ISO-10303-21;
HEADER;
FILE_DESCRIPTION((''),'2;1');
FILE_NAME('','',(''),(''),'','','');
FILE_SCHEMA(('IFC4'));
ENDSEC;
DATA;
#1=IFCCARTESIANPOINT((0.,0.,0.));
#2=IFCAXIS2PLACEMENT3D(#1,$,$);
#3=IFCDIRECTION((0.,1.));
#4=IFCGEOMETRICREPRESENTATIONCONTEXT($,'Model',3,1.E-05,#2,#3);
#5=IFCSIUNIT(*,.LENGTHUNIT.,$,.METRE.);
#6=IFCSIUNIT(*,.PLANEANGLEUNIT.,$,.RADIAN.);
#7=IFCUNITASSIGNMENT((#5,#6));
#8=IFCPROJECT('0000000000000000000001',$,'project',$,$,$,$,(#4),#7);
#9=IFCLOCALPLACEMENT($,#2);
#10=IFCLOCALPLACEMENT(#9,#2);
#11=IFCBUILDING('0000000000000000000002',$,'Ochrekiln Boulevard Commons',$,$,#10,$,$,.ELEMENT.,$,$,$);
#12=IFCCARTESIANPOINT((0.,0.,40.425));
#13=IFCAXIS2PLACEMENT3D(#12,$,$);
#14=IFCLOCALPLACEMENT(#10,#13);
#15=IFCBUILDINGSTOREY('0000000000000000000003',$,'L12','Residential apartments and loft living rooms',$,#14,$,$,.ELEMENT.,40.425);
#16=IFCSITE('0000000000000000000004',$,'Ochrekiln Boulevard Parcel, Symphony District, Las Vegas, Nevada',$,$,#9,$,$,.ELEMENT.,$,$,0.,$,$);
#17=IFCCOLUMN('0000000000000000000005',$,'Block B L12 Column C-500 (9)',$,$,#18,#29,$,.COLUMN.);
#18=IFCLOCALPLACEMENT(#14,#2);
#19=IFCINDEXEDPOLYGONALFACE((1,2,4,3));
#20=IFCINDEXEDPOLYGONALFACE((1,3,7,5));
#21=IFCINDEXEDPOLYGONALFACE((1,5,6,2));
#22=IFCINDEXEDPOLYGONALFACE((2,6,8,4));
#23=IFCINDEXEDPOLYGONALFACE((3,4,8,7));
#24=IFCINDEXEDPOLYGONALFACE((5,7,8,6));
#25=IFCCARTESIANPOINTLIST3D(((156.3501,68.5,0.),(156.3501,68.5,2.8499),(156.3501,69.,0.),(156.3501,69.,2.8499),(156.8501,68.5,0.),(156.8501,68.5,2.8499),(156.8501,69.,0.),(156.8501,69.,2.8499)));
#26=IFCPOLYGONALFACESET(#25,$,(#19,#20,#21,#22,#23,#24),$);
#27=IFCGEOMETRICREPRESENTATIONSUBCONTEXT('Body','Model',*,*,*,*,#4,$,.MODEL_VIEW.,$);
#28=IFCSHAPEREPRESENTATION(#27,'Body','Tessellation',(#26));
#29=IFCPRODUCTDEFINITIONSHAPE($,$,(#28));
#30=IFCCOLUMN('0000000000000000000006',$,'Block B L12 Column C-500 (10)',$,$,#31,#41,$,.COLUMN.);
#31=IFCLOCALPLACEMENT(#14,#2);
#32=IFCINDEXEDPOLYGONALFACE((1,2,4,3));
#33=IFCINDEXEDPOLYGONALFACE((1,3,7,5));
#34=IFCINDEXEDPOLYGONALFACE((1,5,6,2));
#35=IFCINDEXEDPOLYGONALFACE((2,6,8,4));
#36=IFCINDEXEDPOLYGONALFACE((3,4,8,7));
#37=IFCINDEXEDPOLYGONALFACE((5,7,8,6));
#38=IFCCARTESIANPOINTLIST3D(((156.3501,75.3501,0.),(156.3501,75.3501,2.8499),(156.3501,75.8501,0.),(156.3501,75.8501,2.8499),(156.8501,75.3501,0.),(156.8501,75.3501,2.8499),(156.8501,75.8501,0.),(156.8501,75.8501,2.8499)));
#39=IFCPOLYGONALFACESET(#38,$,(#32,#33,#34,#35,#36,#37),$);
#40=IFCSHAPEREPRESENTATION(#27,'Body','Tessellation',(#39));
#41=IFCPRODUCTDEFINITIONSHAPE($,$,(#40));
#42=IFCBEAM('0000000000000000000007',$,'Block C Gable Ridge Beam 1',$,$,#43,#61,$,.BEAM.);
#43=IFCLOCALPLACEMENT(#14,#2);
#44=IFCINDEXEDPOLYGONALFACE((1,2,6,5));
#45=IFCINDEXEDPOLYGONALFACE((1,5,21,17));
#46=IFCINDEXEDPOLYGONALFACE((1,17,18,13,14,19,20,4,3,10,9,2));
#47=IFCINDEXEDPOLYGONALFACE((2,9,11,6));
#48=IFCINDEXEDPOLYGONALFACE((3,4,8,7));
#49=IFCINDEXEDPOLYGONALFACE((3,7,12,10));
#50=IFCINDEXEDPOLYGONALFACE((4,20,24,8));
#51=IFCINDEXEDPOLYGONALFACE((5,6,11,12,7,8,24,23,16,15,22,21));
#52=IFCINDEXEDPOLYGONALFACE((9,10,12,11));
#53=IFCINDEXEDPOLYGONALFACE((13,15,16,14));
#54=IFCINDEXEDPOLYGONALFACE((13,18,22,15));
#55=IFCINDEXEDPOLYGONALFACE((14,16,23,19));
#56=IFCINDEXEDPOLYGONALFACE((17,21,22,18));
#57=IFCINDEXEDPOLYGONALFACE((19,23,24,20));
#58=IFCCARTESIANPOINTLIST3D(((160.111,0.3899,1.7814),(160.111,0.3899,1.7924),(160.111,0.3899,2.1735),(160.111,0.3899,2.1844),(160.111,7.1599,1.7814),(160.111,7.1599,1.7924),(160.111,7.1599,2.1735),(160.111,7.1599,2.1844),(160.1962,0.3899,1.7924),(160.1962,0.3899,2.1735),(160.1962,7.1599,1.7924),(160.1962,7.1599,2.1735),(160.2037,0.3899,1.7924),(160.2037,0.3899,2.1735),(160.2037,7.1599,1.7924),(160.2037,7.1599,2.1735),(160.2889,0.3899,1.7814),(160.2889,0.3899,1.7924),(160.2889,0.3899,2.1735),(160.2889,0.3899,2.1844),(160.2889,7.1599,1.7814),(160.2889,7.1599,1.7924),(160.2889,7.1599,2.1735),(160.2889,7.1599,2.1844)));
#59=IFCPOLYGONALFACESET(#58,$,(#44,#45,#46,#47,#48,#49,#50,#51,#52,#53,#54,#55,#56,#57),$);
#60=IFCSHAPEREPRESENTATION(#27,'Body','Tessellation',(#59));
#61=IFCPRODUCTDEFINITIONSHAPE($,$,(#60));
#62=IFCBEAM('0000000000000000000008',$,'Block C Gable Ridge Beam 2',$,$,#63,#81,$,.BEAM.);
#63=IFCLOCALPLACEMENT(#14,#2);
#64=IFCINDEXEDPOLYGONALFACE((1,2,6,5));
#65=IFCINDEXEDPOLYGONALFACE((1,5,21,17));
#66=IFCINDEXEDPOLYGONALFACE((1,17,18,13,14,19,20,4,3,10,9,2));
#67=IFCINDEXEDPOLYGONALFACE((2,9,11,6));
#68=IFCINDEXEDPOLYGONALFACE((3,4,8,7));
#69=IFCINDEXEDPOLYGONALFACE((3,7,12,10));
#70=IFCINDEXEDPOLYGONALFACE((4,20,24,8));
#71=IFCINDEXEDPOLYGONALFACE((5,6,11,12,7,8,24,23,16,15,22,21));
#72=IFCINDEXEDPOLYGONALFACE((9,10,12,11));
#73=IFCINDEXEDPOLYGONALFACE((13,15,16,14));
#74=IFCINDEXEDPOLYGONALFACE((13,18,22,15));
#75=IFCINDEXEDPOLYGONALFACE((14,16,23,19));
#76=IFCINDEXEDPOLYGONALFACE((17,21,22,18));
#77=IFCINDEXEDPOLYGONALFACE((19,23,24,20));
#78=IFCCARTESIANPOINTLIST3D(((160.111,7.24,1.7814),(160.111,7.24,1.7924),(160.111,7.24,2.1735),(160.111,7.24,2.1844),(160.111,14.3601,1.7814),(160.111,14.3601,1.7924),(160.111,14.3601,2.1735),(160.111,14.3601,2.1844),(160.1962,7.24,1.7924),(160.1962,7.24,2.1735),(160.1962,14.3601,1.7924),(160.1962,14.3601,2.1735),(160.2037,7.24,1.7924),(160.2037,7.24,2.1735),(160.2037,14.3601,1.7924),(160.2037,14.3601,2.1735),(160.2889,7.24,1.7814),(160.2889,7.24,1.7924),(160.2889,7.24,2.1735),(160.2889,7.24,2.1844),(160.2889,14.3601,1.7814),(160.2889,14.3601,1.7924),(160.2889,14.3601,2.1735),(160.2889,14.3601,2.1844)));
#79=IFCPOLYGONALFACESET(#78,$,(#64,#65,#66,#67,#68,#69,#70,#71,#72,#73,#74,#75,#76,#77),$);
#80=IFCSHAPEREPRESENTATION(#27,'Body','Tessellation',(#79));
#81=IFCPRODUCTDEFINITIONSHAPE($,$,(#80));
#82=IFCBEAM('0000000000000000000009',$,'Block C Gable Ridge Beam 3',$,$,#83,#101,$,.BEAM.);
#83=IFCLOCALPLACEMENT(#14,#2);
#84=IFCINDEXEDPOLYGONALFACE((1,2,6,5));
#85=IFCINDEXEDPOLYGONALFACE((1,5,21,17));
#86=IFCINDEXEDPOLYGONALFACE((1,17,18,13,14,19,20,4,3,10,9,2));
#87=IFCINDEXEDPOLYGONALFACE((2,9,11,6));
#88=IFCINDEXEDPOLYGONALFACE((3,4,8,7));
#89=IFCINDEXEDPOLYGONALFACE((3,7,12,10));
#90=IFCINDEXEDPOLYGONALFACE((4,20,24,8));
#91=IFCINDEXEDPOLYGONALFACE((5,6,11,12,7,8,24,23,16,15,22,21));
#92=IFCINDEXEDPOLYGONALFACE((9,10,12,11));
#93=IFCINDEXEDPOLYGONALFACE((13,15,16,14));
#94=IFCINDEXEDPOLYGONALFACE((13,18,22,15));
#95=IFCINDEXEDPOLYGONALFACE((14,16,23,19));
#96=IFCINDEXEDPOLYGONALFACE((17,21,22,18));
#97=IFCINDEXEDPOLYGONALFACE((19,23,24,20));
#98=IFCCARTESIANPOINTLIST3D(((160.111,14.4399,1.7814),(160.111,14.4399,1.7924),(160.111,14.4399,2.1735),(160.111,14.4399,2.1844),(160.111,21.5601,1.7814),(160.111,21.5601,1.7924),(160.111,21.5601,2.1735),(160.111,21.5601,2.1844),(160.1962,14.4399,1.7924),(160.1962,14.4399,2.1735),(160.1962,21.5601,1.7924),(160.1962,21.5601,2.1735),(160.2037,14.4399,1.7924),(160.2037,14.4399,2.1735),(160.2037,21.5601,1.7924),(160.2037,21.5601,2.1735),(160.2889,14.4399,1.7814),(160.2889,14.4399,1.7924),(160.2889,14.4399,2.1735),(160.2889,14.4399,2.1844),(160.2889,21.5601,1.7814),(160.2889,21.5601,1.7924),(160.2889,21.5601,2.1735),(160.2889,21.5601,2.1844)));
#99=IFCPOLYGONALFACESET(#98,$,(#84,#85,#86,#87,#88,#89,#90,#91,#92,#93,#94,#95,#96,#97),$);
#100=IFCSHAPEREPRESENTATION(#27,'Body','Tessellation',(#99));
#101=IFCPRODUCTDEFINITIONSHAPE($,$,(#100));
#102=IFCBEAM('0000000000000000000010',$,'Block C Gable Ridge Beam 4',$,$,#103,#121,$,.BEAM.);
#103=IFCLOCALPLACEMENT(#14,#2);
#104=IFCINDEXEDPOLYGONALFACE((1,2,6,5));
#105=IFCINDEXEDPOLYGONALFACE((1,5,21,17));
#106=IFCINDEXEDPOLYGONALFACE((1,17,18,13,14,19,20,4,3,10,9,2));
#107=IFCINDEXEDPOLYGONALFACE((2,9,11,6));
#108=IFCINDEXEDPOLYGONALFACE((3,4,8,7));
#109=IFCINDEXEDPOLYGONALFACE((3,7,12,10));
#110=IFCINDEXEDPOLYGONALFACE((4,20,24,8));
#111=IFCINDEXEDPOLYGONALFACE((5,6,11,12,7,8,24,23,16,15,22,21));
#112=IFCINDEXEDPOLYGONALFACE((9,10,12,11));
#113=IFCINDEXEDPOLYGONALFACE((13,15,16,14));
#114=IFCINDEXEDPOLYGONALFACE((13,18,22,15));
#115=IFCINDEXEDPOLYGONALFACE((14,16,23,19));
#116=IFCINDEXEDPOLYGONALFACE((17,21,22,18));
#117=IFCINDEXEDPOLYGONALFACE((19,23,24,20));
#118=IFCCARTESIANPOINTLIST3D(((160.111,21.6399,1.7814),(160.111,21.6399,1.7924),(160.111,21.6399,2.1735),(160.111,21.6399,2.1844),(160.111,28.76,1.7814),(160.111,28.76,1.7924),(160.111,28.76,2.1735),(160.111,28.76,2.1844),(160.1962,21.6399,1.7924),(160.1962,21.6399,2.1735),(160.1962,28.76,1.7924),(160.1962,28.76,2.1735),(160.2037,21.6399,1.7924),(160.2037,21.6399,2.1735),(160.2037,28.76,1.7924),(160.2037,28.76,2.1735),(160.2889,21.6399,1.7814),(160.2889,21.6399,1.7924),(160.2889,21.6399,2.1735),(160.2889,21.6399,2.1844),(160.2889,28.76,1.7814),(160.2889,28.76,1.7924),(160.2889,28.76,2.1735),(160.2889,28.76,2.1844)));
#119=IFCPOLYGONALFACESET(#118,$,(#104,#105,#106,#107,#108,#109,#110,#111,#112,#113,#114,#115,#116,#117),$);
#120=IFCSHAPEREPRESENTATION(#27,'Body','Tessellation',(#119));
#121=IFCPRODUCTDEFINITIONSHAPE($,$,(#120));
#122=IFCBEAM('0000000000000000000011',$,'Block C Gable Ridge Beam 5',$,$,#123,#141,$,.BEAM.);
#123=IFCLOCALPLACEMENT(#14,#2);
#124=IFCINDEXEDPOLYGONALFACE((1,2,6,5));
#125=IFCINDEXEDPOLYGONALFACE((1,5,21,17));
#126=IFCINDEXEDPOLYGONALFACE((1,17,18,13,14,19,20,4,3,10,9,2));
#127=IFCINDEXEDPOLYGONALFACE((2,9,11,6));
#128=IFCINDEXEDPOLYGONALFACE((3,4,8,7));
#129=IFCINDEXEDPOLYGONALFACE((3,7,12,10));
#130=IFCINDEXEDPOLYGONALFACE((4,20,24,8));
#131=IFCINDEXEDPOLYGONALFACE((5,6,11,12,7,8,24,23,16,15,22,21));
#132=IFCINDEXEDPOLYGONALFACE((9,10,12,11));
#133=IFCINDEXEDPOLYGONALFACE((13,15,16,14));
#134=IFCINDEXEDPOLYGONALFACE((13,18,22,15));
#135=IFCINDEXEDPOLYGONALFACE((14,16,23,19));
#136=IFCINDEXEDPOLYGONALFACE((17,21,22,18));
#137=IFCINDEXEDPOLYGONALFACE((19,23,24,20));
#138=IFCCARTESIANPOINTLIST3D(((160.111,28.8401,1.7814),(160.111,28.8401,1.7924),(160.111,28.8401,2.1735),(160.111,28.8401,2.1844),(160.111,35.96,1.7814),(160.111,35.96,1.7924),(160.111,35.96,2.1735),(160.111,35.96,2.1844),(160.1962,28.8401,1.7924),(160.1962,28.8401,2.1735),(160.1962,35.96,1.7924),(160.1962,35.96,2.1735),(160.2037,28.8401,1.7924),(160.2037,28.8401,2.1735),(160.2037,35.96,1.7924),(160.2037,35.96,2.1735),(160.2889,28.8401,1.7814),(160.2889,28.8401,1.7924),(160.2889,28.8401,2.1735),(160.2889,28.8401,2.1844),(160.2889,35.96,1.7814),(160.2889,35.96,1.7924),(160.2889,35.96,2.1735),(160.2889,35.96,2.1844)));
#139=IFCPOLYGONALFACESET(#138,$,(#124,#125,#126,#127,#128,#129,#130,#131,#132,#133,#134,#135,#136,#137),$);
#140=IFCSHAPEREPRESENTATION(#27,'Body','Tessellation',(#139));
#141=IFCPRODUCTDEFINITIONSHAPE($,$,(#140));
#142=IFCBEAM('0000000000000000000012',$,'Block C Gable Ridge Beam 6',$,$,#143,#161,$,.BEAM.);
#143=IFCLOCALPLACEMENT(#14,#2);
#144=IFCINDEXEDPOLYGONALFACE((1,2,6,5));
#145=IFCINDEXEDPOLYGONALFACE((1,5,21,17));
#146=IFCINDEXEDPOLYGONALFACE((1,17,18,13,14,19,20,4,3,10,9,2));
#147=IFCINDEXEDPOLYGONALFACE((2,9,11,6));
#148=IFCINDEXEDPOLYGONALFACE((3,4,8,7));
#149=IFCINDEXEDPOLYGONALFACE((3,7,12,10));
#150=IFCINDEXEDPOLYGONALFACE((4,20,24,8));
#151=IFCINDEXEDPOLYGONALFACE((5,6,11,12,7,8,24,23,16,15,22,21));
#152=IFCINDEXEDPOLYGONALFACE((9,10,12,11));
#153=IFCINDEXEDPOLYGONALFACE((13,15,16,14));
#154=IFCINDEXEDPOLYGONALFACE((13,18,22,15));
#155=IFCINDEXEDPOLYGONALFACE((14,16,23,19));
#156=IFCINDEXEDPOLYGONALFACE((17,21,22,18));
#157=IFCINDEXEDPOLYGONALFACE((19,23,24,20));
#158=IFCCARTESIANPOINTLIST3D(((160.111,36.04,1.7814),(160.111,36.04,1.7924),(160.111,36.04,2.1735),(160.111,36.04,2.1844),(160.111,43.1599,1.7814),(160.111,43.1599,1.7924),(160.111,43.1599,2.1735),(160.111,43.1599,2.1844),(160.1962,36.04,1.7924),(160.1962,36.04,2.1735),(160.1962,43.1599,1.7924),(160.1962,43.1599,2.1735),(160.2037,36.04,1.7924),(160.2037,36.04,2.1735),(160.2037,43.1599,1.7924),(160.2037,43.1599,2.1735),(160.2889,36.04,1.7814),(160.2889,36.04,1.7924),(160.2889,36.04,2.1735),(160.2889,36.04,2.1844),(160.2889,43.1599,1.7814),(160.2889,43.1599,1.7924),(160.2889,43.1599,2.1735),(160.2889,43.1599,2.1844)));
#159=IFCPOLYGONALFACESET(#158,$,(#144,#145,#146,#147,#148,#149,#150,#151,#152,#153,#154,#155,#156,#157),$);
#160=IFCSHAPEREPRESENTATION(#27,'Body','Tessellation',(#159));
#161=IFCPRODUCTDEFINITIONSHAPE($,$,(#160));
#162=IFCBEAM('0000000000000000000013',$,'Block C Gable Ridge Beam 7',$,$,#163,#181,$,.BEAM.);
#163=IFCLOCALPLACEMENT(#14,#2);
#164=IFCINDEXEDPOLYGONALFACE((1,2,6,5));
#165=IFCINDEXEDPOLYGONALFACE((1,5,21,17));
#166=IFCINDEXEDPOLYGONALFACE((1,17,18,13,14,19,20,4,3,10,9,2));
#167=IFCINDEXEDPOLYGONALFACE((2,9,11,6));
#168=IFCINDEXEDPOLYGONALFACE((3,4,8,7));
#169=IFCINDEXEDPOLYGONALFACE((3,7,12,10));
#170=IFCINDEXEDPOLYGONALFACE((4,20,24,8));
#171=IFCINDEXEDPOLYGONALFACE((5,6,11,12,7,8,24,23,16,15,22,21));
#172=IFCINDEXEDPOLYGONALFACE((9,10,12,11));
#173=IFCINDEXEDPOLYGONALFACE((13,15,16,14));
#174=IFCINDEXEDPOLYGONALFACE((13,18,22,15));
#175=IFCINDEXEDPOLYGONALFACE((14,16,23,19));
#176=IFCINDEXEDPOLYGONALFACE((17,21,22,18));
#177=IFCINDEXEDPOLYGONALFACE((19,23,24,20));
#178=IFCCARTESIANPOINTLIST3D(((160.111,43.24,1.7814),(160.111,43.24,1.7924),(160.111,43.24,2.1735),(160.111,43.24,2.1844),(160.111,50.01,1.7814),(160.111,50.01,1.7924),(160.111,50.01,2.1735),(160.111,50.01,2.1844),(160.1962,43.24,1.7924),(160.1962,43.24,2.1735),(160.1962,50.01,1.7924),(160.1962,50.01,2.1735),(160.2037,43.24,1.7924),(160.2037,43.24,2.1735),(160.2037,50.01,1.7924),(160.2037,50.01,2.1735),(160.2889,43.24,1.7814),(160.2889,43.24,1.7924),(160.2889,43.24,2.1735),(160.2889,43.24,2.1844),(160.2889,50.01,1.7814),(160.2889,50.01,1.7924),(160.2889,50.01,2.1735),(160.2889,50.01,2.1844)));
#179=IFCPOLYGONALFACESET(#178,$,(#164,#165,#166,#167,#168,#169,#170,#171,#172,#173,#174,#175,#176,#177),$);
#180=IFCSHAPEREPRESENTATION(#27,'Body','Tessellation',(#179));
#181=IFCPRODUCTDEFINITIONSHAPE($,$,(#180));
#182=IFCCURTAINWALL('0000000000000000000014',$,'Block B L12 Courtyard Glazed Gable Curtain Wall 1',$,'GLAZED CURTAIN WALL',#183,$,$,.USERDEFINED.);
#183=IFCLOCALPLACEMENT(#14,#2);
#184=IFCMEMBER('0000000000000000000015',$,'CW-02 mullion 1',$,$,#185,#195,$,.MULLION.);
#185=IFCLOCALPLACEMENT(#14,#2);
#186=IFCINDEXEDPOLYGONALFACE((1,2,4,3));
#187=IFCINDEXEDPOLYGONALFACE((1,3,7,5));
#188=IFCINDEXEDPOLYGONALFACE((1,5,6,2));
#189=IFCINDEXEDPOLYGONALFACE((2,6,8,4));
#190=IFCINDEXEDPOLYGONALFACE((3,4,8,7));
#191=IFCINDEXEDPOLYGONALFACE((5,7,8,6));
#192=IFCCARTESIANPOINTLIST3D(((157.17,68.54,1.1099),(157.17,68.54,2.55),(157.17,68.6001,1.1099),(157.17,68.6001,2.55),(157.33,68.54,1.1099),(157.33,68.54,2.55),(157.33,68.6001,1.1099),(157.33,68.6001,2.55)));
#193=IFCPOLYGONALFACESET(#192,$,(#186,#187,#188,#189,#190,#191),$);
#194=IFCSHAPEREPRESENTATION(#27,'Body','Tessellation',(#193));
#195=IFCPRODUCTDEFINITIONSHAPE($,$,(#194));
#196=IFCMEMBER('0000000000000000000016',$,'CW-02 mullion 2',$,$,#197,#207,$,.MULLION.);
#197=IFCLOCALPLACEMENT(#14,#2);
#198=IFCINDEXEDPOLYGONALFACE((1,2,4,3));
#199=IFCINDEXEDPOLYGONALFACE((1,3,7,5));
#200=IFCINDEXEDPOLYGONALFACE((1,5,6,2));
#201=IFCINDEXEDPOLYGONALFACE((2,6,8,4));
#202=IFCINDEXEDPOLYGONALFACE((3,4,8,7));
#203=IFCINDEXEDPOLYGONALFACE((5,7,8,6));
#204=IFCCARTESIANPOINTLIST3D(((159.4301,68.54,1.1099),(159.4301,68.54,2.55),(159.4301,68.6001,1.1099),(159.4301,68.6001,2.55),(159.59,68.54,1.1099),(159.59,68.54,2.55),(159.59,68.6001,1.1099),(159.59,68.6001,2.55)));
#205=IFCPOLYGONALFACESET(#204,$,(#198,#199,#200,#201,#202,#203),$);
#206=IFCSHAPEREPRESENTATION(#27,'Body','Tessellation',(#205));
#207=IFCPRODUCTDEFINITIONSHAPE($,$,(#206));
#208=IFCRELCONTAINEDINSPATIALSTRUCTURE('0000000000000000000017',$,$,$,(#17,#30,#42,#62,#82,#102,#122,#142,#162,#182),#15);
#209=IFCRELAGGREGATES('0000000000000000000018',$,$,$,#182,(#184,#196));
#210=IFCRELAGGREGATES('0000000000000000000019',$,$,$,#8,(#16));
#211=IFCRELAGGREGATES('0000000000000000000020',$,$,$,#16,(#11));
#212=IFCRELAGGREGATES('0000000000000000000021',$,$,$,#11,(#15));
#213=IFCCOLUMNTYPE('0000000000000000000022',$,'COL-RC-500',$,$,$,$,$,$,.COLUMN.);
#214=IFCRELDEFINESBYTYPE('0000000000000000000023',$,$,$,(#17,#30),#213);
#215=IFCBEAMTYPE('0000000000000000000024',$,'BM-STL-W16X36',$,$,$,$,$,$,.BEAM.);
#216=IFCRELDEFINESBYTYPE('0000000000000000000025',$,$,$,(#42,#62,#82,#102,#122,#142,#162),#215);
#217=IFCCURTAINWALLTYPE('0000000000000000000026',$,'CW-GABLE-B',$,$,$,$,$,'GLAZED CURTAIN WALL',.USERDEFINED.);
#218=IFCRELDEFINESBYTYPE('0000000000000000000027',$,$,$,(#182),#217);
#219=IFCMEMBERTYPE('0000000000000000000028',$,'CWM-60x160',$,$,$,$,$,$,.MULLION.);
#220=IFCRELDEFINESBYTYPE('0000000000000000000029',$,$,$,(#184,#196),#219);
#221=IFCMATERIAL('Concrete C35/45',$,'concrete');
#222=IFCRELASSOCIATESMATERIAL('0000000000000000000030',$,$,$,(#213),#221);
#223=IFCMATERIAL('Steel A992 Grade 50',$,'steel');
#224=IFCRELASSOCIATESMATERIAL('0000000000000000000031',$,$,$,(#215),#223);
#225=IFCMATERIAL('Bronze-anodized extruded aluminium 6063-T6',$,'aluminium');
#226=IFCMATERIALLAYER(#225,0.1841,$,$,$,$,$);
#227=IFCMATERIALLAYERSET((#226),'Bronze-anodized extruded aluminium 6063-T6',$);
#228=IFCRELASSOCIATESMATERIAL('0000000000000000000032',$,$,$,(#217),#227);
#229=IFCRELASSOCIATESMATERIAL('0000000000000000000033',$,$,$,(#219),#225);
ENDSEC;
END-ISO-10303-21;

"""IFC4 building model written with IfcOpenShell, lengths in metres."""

from ifc_helpers import new_model, si_unit, direction, frame, origin, origin_2d, place, context, subcontext, project, spatial, rectangle, i_section, extrude, material, layer, layer_set, material_profile, profile_set, type_object, element, aggregate, save


model = new_model("IFC4")

# Units and contexts
model_context = context("Model", 3, precision=1e-05, world=origin(), true_north=direction((0.0, 1.0)))
body_context = subcontext(model_context, "Body", "Model", "MODEL_VIEW")
ifc_project = project(units=[si_unit("LENGTHUNIT", "METRE"), si_unit("PLANEANGLEUNIT", "RADIAN")], contexts=[model_context])

# Site, building, storey
site_placement = place(None, origin())
site = spatial("IfcSite", under=ifc_project, at=site_placement, Name="Ochrekiln Boulevard Parcel, Symphony District, Las Vegas, Nevada", CompositionType="ELEMENT", RefElevation=0.0)
building_placement = place(site_placement, origin())
building = spatial("IfcBuilding", under=site, at=building_placement, Name="Ochrekiln Boulevard Commons", CompositionType="ELEMENT")
storey_placement = place(building_placement, frame((0.0, 0.0, 40.425)))
storey = spatial("IfcBuildingStorey", under=building, at=storey_placement, Name="L12", Description="Residential apartments and loft living rooms", CompositionType="ELEMENT", Elevation=40.425)

# Columns
ifc_material_1 = material(Name="Concrete C35/45", Category="concrete")
ifc_material_profile_1 = material_profile(ifc_material_1, rectangle(XDim=0.5, YDim=0.5, at=origin_2d()), Name="RC-COL-500x500")
ifc_profile_set_1 = profile_set([ifc_material_profile_1], Name="Concrete C35/45")
column_type = type_object("IfcColumnType", Name="COL-RC-500", PredefinedType="COLUMN", material=ifc_profile_set_1)
for number, where, z_axis, x_axis, name in (
    (1, (156.6001, 68.75, 0.0), (0.0, 0.0, 1.0), (1.0, 0.0, 0.0), "Block B L12 Column C-500 (9)"),
    (2, (156.6001, 75.6001, 0.0), (0.0, 0.0, 1.0), (1.0, 0.0, 0.0), "Block B L12 Column C-500 (10)"),
):
    element("IfcColumn", number, at=place(storey_placement, frame(where, z_axis=z_axis, x_axis=x_axis)), inside=storey, type_object=column_type, Name=name, PredefinedType="COLUMN", context=body_context, shape_type="SweptSolid", body=[
        extrude(rectangle(XDim=0.5, YDim=0.5, at=origin_2d()), origin(), (0.0, 0.0, 1.0), 2.8499),
    ])

# Beams
ifc_material_2 = material(Name="Steel A992 Grade 50", Category="steel")
ifc_material_profile_2 = material_profile(ifc_material_2, i_section(OverallWidth=0.178, OverallDepth=0.4031, WebThickness=0.0076, FlangeThickness=0.011, at=origin_2d()), Name="W16X36")
ifc_profile_set_2 = profile_set([ifc_material_profile_2], Name="Steel A992 Grade 50")
beam_type_1 = type_object("IfcBeamType", Name="BM-STL-W16X36", PredefinedType="BEAM", material=ifc_profile_set_2)
beam_1_placement = place(storey_placement, frame((160.2, 0.3899, 1.9829), z_axis=(0.0, 1.0, 0.0), x_axis=(-1.0, 0.0, 0.0)))
element("IfcBeam", 3, at=beam_1_placement, inside=storey, type_object=beam_type_1, Name="Block C Gable Ridge Beam 1", PredefinedType="BEAM", context=body_context, shape_type="SweptSolid", body=[
    extrude(i_section(OverallWidth=0.178, OverallDepth=0.4031, WebThickness=0.0076, FlangeThickness=0.011, at=origin_2d()), origin(), (0.0, 0.0, 1.0), 6.77),
])
for number, where, z_axis, x_axis, name in (
    (4, (160.2, 7.24, 1.9829), (0.0, 1.0, 0.0), (-1.0, 0.0, 0.0), "Block C Gable Ridge Beam 2"),
    (5, (160.2, 14.4399, 1.9829), (0.0, 1.0, 0.0), (-1.0, 0.0, 0.0), "Block C Gable Ridge Beam 3"),
    (6, (160.2, 21.6399, 1.9829), (0.0, 1.0, 0.0), (-1.0, 0.0, 0.0), "Block C Gable Ridge Beam 4"),
):
    element("IfcBeam", number, at=place(storey_placement, frame(where, z_axis=z_axis, x_axis=x_axis)), inside=storey, type_object=beam_type_1, Name=name, PredefinedType="BEAM", context=body_context, shape_type="SweptSolid", body=[
        extrude(i_section(OverallWidth=0.178, OverallDepth=0.4031, WebThickness=0.0076, FlangeThickness=0.011, at=origin_2d()), origin(), (0.0, 0.0, 1.0), 7.1201),
    ])
for number, where, z_axis, x_axis, name in (
    (7, (160.2, 28.8401, 1.9829), (0.0, 1.0, 0.0), (-1.0, 0.0, 0.0), "Block C Gable Ridge Beam 5"),
    (8, (160.2, 36.04, 1.9829), (0.0, 1.0, 0.0), (-1.0, 0.0, 0.0), "Block C Gable Ridge Beam 6"),
):
    element("IfcBeam", number, at=place(storey_placement, frame(where, z_axis=z_axis, x_axis=x_axis)), inside=storey, type_object=beam_type_1, Name=name, PredefinedType="BEAM", context=body_context, shape_type="SweptSolid", body=[
        extrude(i_section(OverallWidth=0.178, OverallDepth=0.4031, WebThickness=0.0076, FlangeThickness=0.011, at=origin_2d()), origin(), (0.0, 0.0, 1.0), 7.1199),
    ])
beam_2_placement = place(storey_placement, frame((160.2, 43.24, 1.9829), z_axis=(0.0, 1.0, 0.0), x_axis=(-1.0, 0.0, 0.0)))
element("IfcBeam", 9, at=beam_2_placement, inside=storey, type_object=beam_type_1, Name="Block C Gable Ridge Beam 7", PredefinedType="BEAM", context=body_context, shape_type="SweptSolid", body=[
    extrude(i_section(OverallWidth=0.178, OverallDepth=0.4031, WebThickness=0.0076, FlangeThickness=0.011, at=origin_2d()), origin(), (0.0, 0.0, 1.0), 6.77),
])

# Curtain wall, members
ifc_material_3 = material(Name="Bronze-anodized extruded aluminium 6063-T6", Category="aluminium")
ifc_layer_1 = layer(ifc_material_3, 0.1841)
ifc_layer_set_1 = layer_set([ifc_layer_1], Name="Bronze-anodized extruded aluminium 6063-T6")
curtain_wall_type = type_object("IfcCurtainWallType", Name="CW-GABLE-B", ElementType="GLAZED CURTAIN WALL", PredefinedType="USERDEFINED", material=ifc_layer_set_1)
curtain_wall_placement = place(storey_placement, origin())
curtain_wall = element("IfcCurtainWall", 10, at=curtain_wall_placement, inside=storey, type_object=curtain_wall_type, Name="Block B L12 Courtyard Glazed Gable Curtain Wall 1", ObjectType="GLAZED CURTAIN WALL", PredefinedType="USERDEFINED")
ifc_material_profile_3 = material_profile(ifc_material_3, rectangle(XDim=0.0601, YDim=0.1599, at=origin_2d()), Name="ALU-MUL-60x160")
ifc_profile_set_3 = profile_set([ifc_material_profile_3], Name="Bronze-anodized extruded aluminium 6063-T6")
member_type_1 = type_object("IfcMemberType", Name="CWM-60x160", PredefinedType="MULLION", material=ifc_profile_set_3)
member_1_placement = place(storey_placement, frame((157.25, 68.5701, 1.1099), z_axis=(0.0, 0.0, 1.0), x_axis=(0.0, 1.0, 0.0)))
member_1 = element("IfcMember", 11, at=member_1_placement, type_object=member_type_1, Name="CW-02 mullion 1", PredefinedType="MULLION", context=body_context, shape_type="SweptSolid", body=[
    extrude(rectangle(XDim=0.0601, YDim=0.1599, at=origin_2d()), origin(), (0.0, 0.0, 1.0), 1.4402),
])
member_2_placement = place(storey_placement, frame((159.51, 68.5701, 1.1099), z_axis=(0.0, 0.0, 1.0), x_axis=(0.0, 1.0, 0.0)))
member_2 = element("IfcMember", 12, at=member_2_placement, type_object=member_type_1, Name="CW-02 mullion 2", PredefinedType="MULLION", context=body_context, shape_type="SweptSolid", body=[
    extrude(rectangle(XDim=0.0601, YDim=0.1599, at=origin_2d()), origin(), (0.0, 0.0, 1.0), 1.4402),
])

aggregate(curtain_wall, [member_1, member_2])

save(model, "model.ifc")
